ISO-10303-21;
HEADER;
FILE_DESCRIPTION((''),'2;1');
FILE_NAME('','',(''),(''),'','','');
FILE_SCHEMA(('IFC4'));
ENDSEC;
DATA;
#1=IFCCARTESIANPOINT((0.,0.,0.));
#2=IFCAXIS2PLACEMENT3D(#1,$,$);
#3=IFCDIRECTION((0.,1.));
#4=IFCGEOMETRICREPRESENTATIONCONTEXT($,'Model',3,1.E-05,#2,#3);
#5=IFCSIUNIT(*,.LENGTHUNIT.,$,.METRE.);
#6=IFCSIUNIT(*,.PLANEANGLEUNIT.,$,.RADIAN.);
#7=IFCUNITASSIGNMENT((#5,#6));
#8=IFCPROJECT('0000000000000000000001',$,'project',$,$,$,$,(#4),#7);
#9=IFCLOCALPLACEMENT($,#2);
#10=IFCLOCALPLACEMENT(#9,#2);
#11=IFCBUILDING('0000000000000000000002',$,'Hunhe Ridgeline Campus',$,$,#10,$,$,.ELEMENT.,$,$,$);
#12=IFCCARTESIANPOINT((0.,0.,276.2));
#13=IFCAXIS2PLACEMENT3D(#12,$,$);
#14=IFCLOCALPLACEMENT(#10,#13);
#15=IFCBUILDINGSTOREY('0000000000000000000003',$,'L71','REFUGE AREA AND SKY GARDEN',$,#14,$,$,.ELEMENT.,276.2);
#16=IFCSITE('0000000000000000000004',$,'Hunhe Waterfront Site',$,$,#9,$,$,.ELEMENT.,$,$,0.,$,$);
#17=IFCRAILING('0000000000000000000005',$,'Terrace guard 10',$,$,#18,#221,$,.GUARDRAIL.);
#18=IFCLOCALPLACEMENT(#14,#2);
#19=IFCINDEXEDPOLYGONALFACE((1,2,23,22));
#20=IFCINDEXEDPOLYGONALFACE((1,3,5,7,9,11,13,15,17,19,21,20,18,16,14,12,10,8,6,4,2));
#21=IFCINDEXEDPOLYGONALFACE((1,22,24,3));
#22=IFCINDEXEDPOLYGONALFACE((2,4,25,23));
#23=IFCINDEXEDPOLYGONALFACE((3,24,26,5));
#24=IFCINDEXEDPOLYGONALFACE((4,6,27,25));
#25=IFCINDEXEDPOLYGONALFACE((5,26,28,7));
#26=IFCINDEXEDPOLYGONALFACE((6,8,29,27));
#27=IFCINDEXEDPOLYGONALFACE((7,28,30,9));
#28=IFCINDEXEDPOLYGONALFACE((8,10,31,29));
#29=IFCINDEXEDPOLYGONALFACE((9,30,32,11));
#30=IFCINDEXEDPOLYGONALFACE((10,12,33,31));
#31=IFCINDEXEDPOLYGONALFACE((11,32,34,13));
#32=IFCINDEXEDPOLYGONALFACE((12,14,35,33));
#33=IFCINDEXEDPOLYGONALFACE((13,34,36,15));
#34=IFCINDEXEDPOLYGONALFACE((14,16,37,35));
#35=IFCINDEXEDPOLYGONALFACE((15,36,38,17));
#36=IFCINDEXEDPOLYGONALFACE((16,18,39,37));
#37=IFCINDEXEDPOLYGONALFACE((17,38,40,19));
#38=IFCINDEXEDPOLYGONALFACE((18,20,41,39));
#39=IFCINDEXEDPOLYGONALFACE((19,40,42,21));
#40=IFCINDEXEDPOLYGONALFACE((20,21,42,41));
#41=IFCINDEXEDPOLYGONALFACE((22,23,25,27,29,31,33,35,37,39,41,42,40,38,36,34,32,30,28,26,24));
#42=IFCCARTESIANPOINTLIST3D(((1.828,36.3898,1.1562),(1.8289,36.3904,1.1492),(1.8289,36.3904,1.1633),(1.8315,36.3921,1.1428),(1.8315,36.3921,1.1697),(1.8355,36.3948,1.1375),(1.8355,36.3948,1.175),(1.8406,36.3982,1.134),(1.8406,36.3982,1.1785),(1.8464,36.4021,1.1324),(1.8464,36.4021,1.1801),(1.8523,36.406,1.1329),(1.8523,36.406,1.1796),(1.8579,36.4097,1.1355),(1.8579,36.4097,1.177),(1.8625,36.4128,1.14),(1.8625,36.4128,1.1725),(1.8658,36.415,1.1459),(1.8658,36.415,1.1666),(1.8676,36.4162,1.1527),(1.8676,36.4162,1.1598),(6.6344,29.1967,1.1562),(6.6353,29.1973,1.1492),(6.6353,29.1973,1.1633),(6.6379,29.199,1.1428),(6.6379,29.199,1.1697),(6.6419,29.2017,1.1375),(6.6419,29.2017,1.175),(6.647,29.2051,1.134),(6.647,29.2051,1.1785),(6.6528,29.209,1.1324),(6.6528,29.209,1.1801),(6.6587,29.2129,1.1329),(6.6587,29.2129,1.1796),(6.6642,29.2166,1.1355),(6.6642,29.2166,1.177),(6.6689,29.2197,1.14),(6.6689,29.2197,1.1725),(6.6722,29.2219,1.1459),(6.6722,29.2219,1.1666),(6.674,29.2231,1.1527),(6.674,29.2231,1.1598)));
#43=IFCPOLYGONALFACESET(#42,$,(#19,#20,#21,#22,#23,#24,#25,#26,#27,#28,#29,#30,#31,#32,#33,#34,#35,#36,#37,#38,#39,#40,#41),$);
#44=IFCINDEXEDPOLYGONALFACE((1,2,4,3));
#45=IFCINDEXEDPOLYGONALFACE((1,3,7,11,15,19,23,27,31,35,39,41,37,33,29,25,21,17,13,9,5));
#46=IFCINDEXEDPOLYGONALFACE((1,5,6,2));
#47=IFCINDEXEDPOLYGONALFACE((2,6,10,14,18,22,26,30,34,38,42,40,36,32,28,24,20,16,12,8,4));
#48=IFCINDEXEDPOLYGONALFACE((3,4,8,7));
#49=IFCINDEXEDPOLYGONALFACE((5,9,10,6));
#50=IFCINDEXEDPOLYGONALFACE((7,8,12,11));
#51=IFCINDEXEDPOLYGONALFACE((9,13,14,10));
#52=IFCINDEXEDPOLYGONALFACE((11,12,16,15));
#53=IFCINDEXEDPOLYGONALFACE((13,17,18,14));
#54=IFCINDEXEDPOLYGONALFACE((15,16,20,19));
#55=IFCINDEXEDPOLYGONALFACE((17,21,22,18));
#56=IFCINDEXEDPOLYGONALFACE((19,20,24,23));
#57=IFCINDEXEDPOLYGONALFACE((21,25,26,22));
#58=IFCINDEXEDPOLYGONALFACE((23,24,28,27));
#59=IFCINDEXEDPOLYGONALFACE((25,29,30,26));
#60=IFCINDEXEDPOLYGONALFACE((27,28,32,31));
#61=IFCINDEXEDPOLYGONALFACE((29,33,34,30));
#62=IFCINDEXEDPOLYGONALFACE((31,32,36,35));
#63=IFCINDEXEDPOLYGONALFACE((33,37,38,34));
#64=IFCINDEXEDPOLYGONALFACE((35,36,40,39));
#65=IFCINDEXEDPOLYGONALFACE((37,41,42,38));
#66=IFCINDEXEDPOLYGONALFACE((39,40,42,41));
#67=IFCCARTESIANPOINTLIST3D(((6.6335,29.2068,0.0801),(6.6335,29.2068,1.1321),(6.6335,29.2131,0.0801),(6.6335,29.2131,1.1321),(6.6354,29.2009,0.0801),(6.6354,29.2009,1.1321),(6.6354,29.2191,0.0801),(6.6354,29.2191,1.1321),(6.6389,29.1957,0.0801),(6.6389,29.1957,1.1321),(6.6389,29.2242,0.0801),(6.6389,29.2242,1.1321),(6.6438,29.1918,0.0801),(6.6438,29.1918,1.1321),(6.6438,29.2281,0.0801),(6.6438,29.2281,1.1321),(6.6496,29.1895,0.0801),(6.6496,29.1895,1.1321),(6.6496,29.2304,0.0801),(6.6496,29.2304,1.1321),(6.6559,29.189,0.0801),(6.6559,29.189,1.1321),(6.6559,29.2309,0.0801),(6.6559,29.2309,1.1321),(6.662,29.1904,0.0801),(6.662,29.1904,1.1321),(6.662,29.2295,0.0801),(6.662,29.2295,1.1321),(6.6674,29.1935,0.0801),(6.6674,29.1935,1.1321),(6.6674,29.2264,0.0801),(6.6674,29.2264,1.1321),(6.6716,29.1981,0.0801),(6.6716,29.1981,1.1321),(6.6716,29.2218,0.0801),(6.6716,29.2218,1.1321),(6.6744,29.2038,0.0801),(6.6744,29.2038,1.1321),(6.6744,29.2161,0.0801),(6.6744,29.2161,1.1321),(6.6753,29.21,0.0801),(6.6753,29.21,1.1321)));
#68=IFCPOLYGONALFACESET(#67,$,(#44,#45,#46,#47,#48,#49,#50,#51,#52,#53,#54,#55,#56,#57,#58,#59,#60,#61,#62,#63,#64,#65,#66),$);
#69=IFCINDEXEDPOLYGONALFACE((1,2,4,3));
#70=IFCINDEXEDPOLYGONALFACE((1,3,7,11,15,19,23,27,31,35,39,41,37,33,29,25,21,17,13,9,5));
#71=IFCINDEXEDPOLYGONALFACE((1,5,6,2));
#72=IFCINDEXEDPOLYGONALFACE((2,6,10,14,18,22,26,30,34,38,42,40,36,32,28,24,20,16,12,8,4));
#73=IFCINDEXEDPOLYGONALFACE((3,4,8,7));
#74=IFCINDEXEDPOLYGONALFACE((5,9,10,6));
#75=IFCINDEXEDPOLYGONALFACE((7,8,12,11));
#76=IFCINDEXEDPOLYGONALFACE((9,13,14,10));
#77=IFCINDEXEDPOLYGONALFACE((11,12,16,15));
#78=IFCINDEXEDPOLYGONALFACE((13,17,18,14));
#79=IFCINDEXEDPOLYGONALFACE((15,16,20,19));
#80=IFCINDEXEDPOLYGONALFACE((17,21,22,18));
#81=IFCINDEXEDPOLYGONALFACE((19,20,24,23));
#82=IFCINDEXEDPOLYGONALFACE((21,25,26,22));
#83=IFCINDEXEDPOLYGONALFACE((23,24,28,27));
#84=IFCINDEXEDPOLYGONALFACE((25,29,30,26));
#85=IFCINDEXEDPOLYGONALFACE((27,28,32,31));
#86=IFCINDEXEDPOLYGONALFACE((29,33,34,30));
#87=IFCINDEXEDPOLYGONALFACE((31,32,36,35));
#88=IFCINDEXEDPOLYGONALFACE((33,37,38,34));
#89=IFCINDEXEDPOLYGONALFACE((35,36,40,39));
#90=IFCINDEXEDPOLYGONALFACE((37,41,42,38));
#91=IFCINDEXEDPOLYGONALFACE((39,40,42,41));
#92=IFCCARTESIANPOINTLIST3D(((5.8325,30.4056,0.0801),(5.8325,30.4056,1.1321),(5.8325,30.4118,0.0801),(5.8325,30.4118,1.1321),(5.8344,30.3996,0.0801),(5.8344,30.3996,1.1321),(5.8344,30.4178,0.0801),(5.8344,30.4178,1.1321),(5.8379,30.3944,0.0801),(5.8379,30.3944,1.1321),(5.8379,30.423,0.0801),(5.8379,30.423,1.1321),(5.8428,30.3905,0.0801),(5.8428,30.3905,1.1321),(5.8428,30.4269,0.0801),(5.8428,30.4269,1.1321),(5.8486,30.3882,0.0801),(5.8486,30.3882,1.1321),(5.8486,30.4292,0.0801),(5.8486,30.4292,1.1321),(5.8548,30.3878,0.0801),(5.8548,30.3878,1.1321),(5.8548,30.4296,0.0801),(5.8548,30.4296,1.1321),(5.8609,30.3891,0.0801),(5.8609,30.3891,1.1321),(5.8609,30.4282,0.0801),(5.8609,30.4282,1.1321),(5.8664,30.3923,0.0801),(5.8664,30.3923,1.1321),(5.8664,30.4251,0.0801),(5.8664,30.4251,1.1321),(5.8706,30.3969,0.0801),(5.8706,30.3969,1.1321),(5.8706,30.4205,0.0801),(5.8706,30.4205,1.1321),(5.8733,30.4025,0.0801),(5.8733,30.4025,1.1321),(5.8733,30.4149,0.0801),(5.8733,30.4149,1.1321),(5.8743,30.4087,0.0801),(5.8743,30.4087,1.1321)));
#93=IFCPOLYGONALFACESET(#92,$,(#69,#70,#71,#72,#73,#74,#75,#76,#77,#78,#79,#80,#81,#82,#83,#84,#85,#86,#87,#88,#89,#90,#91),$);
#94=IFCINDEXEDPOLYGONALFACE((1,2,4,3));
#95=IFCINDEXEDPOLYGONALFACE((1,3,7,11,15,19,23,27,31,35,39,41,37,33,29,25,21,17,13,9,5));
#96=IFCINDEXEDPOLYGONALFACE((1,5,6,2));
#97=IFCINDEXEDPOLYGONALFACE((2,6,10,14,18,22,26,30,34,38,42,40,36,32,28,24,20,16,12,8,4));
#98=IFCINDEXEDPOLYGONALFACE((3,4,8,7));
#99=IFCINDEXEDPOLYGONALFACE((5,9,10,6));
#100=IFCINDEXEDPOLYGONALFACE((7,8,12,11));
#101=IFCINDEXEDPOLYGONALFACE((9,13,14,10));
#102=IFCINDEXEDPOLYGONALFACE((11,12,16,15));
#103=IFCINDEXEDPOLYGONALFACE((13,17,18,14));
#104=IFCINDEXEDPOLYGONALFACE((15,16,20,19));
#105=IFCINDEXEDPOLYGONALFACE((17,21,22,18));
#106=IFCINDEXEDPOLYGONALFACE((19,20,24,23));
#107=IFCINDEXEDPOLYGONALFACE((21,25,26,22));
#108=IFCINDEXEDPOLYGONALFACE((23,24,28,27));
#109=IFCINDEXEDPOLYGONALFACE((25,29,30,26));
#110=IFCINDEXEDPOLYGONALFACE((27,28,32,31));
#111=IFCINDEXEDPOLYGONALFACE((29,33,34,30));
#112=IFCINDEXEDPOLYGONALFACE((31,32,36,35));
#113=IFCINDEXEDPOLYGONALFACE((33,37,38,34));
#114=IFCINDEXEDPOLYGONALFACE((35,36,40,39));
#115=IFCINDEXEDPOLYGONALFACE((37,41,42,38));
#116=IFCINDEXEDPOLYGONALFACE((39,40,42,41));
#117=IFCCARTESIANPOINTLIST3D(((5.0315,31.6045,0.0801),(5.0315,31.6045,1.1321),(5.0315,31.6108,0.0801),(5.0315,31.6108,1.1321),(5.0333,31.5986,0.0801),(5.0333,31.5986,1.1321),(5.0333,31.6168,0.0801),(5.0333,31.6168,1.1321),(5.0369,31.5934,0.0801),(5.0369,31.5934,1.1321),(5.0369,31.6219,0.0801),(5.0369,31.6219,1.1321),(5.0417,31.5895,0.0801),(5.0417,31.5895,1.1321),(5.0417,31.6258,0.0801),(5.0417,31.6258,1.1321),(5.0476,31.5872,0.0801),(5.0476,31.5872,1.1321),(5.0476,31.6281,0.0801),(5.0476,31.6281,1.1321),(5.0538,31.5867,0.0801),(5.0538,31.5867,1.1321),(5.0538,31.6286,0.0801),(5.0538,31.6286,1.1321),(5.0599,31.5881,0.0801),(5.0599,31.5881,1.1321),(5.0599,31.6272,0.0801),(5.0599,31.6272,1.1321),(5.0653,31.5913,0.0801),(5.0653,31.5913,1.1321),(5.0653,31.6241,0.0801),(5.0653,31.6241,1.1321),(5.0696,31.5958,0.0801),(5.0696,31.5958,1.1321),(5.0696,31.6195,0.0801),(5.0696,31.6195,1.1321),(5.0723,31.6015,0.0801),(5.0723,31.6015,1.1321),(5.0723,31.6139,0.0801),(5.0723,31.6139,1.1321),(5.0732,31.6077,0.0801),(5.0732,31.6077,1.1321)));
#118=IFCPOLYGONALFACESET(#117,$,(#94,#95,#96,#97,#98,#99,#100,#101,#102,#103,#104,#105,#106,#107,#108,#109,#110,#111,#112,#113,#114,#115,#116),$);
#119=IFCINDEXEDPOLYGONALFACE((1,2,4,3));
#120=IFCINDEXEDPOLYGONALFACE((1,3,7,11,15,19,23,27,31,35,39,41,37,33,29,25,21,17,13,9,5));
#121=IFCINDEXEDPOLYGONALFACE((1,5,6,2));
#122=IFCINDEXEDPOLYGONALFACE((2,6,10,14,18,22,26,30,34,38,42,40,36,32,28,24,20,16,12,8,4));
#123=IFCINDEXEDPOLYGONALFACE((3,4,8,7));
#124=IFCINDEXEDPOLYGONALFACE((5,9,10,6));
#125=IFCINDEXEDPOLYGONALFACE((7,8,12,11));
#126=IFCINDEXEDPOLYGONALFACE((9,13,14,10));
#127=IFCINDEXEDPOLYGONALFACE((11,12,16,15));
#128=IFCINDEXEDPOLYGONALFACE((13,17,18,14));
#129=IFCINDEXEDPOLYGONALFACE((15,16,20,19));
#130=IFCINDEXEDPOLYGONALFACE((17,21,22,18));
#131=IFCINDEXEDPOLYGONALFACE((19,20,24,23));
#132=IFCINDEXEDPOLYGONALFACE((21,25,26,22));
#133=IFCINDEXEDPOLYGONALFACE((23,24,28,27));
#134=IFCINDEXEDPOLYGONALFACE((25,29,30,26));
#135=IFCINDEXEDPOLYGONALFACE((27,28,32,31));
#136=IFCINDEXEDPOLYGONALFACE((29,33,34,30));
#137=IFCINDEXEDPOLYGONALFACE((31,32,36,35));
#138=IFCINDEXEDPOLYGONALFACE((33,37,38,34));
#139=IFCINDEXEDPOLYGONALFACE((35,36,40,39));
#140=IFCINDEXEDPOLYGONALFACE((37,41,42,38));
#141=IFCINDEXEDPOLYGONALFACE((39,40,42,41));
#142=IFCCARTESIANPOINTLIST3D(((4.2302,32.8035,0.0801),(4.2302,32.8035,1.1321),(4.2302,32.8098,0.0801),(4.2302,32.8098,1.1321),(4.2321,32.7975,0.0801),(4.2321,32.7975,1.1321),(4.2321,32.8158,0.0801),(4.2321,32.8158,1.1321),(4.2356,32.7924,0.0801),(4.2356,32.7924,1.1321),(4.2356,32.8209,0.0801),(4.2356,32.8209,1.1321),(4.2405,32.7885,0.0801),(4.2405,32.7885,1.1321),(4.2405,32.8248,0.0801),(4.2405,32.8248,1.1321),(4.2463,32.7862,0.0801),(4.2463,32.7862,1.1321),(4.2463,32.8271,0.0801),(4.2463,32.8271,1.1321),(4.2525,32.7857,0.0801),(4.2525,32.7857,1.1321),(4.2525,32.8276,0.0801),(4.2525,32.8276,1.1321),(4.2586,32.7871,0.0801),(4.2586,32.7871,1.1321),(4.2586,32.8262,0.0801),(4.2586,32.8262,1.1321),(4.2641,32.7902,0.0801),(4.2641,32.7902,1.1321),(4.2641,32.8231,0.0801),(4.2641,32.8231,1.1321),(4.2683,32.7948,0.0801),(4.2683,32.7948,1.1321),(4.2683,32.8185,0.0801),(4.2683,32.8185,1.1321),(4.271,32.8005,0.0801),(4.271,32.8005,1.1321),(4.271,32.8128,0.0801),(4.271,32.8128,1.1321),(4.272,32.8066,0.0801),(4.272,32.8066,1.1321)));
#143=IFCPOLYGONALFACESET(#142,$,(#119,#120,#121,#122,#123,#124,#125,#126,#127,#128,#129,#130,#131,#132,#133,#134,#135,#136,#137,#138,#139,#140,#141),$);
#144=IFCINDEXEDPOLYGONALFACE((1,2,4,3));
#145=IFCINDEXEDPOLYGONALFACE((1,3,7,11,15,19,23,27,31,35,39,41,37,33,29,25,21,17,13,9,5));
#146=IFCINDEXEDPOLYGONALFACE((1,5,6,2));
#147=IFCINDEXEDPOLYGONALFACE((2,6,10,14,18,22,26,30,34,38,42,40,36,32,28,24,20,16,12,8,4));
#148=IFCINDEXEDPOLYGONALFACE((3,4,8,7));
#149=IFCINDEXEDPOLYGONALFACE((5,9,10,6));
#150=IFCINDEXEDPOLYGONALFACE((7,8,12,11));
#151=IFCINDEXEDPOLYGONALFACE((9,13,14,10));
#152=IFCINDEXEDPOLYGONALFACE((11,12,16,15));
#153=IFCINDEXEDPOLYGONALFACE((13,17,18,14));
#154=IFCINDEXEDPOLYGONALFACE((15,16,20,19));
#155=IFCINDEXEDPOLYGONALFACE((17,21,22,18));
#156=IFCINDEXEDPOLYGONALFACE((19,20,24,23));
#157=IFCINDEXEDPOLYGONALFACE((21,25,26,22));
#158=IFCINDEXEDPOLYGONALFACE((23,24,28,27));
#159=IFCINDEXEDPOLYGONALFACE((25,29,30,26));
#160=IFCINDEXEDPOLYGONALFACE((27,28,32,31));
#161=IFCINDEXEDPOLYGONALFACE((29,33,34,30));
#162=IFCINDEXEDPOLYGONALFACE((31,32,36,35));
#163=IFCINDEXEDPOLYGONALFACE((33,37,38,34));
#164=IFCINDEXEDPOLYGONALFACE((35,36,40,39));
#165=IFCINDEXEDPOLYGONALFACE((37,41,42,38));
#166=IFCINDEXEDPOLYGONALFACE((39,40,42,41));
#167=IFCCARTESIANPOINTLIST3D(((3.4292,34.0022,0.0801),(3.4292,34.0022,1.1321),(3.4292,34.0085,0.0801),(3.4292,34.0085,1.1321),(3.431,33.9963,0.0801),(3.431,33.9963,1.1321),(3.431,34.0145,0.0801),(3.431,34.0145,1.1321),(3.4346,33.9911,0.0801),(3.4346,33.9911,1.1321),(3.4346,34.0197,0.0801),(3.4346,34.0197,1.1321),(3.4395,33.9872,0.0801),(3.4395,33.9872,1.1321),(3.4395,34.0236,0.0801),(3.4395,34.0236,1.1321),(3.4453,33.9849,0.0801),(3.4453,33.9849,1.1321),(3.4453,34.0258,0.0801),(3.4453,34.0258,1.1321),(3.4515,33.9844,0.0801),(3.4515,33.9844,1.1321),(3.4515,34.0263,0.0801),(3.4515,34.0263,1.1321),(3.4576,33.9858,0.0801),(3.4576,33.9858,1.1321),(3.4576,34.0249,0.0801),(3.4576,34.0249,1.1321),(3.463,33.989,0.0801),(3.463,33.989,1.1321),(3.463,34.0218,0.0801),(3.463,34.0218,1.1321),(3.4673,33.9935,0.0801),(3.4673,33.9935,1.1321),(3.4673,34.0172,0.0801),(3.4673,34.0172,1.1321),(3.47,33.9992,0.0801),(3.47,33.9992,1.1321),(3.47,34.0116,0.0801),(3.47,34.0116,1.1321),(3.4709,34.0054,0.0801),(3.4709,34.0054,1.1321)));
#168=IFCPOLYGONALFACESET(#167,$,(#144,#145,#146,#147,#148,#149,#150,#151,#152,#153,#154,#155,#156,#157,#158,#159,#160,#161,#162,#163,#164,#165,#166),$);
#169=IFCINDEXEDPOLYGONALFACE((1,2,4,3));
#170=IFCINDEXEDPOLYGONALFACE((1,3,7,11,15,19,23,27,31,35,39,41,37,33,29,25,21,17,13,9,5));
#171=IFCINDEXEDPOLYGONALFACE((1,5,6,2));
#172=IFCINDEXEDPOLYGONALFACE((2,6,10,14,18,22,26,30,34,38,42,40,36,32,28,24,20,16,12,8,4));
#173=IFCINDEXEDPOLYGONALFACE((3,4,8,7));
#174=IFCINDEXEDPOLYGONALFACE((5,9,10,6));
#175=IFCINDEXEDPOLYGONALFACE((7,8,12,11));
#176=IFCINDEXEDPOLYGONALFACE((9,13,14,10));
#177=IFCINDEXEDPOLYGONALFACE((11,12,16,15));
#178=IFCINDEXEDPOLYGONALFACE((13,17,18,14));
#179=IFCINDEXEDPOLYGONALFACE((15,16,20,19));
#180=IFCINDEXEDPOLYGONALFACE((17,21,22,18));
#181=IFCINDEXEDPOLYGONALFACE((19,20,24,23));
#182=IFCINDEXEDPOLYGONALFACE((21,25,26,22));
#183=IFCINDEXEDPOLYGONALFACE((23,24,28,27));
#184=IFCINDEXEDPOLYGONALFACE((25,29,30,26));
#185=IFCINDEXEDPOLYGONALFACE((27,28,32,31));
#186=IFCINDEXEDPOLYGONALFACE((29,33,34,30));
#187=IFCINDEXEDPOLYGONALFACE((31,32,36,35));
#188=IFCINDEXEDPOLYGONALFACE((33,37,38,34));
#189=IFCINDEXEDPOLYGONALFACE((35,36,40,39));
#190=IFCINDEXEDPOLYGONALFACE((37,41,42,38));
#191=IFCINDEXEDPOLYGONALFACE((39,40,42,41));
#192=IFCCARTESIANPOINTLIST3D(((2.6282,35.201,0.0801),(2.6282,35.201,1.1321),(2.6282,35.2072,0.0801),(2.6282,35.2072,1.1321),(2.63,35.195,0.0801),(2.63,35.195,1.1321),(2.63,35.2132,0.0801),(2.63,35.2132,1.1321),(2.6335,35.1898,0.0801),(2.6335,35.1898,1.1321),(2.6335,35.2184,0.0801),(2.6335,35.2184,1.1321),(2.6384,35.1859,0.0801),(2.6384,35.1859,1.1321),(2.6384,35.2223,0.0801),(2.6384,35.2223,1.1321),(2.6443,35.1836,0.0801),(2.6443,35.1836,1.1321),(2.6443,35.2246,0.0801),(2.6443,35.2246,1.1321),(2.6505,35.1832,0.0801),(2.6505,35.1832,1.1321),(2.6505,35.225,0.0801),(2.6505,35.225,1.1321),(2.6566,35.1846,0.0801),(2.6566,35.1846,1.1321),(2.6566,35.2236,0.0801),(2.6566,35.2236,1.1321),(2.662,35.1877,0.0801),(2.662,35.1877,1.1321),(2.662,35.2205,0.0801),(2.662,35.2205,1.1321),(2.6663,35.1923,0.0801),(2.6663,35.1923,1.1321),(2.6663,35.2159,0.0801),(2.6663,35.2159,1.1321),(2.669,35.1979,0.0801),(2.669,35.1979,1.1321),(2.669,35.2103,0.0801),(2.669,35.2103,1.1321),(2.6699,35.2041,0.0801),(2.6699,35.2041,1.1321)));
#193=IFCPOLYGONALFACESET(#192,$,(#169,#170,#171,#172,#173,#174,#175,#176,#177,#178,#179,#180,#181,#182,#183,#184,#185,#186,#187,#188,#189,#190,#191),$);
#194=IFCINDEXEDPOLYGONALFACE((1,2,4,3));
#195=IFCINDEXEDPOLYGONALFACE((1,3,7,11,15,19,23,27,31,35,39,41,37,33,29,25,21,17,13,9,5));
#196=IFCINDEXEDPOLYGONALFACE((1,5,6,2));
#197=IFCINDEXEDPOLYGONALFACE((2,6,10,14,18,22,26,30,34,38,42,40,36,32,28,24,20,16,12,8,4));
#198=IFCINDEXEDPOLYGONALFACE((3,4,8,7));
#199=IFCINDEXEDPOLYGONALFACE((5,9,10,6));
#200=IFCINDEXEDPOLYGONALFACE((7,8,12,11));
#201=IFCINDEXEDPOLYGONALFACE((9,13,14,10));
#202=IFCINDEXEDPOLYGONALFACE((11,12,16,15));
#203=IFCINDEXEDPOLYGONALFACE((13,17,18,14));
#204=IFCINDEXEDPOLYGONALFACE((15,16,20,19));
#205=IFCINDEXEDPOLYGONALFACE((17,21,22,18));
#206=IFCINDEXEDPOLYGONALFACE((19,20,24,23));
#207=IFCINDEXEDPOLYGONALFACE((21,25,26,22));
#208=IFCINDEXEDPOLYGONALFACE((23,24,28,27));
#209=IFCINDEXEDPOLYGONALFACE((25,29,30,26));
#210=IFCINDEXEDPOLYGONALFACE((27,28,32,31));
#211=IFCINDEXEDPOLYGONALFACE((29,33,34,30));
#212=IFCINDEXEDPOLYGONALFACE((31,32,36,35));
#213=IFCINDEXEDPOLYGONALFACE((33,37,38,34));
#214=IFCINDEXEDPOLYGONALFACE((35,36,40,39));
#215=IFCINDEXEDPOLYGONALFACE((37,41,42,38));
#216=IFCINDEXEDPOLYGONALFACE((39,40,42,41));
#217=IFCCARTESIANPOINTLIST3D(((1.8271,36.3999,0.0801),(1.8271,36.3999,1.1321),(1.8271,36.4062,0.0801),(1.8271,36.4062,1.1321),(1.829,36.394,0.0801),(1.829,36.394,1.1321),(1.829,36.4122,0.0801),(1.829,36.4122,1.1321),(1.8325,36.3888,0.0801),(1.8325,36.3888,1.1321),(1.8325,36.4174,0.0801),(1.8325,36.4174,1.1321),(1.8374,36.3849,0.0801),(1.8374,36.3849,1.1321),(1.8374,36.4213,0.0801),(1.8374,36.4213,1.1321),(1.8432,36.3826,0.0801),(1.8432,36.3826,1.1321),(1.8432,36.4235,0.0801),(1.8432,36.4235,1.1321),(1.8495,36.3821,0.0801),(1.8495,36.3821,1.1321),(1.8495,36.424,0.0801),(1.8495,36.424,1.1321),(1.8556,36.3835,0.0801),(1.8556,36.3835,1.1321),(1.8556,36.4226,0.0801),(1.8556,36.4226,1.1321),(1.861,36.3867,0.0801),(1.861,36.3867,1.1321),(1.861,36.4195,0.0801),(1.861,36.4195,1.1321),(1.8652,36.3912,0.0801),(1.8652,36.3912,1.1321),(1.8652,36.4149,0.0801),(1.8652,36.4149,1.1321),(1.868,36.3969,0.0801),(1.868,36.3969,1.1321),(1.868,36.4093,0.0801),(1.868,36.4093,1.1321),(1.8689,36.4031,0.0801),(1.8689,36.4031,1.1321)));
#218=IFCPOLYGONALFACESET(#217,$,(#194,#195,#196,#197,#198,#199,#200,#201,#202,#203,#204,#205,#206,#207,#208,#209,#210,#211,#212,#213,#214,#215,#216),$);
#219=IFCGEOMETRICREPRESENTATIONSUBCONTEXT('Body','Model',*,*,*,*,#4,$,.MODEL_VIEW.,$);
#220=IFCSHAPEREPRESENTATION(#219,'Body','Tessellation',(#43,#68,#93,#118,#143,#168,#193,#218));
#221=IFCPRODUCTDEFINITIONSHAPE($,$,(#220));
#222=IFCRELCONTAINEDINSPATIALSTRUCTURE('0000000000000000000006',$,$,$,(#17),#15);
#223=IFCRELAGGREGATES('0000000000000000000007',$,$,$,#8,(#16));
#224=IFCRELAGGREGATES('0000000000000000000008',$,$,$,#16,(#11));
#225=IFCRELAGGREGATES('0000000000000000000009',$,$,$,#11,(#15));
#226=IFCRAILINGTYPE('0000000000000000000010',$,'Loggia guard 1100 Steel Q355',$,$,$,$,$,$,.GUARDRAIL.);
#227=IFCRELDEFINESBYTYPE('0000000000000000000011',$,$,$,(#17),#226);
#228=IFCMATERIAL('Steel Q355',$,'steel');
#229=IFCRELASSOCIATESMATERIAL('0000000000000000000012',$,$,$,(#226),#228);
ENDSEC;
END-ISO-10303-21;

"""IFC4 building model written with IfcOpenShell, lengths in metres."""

from ifc_helpers import new_model, si_unit, direction, frame, origin, origin_2d, place, context, subcontext, project, spatial, circle, extrude, material, type_object, element, save


model = new_model("IFC4")

# Units and contexts
model_context = context("Model", 3, precision=1e-05, world=origin(), true_north=direction((0.0, 1.0)))
body_context = subcontext(model_context, "Body", "Model", "MODEL_VIEW")
ifc_project = project(units=[si_unit("LENGTHUNIT", "METRE"), si_unit("PLANEANGLEUNIT", "RADIAN")], contexts=[model_context])

# Site, building, storey
site_placement = place(None, origin())
site = spatial("IfcSite", under=ifc_project, at=site_placement, Name="Hunhe Waterfront Site", CompositionType="ELEMENT", RefElevation=0.0)
building_placement = place(site_placement, origin())
building = spatial("IfcBuilding", under=site, at=building_placement, Name="Hunhe Ridgeline Campus", CompositionType="ELEMENT")
storey_placement = place(building_placement, frame((0.0, 0.0, 276.2)))
storey = spatial("IfcBuildingStorey", under=building, at=storey_placement, Name="L71", Description="REFUGE AREA AND SKY GARDEN", CompositionType="ELEMENT", Elevation=276.2)

# Railing
ifc_material_1 = material(Name="Steel Q355", Category="steel")
railing_type = type_object("IfcRailingType", Name="Loggia guard 1100 Steel Q355", PredefinedType="GUARDRAIL", material=ifc_material_1)
railing_1_placement = place(storey_placement, frame((6.6543, 29.21, 0.0801)))
element("IfcRailing", 1, at=railing_1_placement, inside=storey, type_object=railing_type, Name="Terrace guard 10", PredefinedType="GUARDRAIL", context=body_context, shape_type="SweptSolid", body=[
    extrude(circle(Radius=0.0239, at=origin_2d()), frame((0.0, 0.0, 1.0762), z_axis=(-0.555579, 0.831464, 0.0), x_axis=(-0.831464, -0.555579, 0.0)), (0.0, 0.0, 1.0), 8.6511),
    extrude(circle(Radius=0.021, at=origin_2d()), origin(), (0.0, 0.0, 1.0), 1.052),
    extrude(circle(Radius=0.021, at=origin_2d()), frame((-0.801, 1.1987, 0.0)), (0.0, 0.0, 1.0), 1.052),
    extrude(circle(Radius=0.021, at=origin_2d()), frame((-1.6021, 2.3977, 0.0)), (0.0, 0.0, 1.0), 1.052),
    extrude(circle(Radius=0.021, at=origin_2d()), frame((-2.4033, 3.5967, 0.0)), (0.0, 0.0, 1.0), 1.052),
    extrude(circle(Radius=0.021, at=origin_2d()), frame((-3.2043, 4.7954, 0.0)), (0.0, 0.0, 1.0), 1.052),
    extrude(circle(Radius=0.021, at=origin_2d()), frame((-4.0054, 5.9941, 0.0)), (0.0, 0.0, 1.0), 1.052),
    extrude(circle(Radius=0.021, at=origin_2d()), frame((-4.8064, 7.1931, 0.0)), (0.0, 0.0, 1.0), 1.052),
])

save(model, "model.ifc")
